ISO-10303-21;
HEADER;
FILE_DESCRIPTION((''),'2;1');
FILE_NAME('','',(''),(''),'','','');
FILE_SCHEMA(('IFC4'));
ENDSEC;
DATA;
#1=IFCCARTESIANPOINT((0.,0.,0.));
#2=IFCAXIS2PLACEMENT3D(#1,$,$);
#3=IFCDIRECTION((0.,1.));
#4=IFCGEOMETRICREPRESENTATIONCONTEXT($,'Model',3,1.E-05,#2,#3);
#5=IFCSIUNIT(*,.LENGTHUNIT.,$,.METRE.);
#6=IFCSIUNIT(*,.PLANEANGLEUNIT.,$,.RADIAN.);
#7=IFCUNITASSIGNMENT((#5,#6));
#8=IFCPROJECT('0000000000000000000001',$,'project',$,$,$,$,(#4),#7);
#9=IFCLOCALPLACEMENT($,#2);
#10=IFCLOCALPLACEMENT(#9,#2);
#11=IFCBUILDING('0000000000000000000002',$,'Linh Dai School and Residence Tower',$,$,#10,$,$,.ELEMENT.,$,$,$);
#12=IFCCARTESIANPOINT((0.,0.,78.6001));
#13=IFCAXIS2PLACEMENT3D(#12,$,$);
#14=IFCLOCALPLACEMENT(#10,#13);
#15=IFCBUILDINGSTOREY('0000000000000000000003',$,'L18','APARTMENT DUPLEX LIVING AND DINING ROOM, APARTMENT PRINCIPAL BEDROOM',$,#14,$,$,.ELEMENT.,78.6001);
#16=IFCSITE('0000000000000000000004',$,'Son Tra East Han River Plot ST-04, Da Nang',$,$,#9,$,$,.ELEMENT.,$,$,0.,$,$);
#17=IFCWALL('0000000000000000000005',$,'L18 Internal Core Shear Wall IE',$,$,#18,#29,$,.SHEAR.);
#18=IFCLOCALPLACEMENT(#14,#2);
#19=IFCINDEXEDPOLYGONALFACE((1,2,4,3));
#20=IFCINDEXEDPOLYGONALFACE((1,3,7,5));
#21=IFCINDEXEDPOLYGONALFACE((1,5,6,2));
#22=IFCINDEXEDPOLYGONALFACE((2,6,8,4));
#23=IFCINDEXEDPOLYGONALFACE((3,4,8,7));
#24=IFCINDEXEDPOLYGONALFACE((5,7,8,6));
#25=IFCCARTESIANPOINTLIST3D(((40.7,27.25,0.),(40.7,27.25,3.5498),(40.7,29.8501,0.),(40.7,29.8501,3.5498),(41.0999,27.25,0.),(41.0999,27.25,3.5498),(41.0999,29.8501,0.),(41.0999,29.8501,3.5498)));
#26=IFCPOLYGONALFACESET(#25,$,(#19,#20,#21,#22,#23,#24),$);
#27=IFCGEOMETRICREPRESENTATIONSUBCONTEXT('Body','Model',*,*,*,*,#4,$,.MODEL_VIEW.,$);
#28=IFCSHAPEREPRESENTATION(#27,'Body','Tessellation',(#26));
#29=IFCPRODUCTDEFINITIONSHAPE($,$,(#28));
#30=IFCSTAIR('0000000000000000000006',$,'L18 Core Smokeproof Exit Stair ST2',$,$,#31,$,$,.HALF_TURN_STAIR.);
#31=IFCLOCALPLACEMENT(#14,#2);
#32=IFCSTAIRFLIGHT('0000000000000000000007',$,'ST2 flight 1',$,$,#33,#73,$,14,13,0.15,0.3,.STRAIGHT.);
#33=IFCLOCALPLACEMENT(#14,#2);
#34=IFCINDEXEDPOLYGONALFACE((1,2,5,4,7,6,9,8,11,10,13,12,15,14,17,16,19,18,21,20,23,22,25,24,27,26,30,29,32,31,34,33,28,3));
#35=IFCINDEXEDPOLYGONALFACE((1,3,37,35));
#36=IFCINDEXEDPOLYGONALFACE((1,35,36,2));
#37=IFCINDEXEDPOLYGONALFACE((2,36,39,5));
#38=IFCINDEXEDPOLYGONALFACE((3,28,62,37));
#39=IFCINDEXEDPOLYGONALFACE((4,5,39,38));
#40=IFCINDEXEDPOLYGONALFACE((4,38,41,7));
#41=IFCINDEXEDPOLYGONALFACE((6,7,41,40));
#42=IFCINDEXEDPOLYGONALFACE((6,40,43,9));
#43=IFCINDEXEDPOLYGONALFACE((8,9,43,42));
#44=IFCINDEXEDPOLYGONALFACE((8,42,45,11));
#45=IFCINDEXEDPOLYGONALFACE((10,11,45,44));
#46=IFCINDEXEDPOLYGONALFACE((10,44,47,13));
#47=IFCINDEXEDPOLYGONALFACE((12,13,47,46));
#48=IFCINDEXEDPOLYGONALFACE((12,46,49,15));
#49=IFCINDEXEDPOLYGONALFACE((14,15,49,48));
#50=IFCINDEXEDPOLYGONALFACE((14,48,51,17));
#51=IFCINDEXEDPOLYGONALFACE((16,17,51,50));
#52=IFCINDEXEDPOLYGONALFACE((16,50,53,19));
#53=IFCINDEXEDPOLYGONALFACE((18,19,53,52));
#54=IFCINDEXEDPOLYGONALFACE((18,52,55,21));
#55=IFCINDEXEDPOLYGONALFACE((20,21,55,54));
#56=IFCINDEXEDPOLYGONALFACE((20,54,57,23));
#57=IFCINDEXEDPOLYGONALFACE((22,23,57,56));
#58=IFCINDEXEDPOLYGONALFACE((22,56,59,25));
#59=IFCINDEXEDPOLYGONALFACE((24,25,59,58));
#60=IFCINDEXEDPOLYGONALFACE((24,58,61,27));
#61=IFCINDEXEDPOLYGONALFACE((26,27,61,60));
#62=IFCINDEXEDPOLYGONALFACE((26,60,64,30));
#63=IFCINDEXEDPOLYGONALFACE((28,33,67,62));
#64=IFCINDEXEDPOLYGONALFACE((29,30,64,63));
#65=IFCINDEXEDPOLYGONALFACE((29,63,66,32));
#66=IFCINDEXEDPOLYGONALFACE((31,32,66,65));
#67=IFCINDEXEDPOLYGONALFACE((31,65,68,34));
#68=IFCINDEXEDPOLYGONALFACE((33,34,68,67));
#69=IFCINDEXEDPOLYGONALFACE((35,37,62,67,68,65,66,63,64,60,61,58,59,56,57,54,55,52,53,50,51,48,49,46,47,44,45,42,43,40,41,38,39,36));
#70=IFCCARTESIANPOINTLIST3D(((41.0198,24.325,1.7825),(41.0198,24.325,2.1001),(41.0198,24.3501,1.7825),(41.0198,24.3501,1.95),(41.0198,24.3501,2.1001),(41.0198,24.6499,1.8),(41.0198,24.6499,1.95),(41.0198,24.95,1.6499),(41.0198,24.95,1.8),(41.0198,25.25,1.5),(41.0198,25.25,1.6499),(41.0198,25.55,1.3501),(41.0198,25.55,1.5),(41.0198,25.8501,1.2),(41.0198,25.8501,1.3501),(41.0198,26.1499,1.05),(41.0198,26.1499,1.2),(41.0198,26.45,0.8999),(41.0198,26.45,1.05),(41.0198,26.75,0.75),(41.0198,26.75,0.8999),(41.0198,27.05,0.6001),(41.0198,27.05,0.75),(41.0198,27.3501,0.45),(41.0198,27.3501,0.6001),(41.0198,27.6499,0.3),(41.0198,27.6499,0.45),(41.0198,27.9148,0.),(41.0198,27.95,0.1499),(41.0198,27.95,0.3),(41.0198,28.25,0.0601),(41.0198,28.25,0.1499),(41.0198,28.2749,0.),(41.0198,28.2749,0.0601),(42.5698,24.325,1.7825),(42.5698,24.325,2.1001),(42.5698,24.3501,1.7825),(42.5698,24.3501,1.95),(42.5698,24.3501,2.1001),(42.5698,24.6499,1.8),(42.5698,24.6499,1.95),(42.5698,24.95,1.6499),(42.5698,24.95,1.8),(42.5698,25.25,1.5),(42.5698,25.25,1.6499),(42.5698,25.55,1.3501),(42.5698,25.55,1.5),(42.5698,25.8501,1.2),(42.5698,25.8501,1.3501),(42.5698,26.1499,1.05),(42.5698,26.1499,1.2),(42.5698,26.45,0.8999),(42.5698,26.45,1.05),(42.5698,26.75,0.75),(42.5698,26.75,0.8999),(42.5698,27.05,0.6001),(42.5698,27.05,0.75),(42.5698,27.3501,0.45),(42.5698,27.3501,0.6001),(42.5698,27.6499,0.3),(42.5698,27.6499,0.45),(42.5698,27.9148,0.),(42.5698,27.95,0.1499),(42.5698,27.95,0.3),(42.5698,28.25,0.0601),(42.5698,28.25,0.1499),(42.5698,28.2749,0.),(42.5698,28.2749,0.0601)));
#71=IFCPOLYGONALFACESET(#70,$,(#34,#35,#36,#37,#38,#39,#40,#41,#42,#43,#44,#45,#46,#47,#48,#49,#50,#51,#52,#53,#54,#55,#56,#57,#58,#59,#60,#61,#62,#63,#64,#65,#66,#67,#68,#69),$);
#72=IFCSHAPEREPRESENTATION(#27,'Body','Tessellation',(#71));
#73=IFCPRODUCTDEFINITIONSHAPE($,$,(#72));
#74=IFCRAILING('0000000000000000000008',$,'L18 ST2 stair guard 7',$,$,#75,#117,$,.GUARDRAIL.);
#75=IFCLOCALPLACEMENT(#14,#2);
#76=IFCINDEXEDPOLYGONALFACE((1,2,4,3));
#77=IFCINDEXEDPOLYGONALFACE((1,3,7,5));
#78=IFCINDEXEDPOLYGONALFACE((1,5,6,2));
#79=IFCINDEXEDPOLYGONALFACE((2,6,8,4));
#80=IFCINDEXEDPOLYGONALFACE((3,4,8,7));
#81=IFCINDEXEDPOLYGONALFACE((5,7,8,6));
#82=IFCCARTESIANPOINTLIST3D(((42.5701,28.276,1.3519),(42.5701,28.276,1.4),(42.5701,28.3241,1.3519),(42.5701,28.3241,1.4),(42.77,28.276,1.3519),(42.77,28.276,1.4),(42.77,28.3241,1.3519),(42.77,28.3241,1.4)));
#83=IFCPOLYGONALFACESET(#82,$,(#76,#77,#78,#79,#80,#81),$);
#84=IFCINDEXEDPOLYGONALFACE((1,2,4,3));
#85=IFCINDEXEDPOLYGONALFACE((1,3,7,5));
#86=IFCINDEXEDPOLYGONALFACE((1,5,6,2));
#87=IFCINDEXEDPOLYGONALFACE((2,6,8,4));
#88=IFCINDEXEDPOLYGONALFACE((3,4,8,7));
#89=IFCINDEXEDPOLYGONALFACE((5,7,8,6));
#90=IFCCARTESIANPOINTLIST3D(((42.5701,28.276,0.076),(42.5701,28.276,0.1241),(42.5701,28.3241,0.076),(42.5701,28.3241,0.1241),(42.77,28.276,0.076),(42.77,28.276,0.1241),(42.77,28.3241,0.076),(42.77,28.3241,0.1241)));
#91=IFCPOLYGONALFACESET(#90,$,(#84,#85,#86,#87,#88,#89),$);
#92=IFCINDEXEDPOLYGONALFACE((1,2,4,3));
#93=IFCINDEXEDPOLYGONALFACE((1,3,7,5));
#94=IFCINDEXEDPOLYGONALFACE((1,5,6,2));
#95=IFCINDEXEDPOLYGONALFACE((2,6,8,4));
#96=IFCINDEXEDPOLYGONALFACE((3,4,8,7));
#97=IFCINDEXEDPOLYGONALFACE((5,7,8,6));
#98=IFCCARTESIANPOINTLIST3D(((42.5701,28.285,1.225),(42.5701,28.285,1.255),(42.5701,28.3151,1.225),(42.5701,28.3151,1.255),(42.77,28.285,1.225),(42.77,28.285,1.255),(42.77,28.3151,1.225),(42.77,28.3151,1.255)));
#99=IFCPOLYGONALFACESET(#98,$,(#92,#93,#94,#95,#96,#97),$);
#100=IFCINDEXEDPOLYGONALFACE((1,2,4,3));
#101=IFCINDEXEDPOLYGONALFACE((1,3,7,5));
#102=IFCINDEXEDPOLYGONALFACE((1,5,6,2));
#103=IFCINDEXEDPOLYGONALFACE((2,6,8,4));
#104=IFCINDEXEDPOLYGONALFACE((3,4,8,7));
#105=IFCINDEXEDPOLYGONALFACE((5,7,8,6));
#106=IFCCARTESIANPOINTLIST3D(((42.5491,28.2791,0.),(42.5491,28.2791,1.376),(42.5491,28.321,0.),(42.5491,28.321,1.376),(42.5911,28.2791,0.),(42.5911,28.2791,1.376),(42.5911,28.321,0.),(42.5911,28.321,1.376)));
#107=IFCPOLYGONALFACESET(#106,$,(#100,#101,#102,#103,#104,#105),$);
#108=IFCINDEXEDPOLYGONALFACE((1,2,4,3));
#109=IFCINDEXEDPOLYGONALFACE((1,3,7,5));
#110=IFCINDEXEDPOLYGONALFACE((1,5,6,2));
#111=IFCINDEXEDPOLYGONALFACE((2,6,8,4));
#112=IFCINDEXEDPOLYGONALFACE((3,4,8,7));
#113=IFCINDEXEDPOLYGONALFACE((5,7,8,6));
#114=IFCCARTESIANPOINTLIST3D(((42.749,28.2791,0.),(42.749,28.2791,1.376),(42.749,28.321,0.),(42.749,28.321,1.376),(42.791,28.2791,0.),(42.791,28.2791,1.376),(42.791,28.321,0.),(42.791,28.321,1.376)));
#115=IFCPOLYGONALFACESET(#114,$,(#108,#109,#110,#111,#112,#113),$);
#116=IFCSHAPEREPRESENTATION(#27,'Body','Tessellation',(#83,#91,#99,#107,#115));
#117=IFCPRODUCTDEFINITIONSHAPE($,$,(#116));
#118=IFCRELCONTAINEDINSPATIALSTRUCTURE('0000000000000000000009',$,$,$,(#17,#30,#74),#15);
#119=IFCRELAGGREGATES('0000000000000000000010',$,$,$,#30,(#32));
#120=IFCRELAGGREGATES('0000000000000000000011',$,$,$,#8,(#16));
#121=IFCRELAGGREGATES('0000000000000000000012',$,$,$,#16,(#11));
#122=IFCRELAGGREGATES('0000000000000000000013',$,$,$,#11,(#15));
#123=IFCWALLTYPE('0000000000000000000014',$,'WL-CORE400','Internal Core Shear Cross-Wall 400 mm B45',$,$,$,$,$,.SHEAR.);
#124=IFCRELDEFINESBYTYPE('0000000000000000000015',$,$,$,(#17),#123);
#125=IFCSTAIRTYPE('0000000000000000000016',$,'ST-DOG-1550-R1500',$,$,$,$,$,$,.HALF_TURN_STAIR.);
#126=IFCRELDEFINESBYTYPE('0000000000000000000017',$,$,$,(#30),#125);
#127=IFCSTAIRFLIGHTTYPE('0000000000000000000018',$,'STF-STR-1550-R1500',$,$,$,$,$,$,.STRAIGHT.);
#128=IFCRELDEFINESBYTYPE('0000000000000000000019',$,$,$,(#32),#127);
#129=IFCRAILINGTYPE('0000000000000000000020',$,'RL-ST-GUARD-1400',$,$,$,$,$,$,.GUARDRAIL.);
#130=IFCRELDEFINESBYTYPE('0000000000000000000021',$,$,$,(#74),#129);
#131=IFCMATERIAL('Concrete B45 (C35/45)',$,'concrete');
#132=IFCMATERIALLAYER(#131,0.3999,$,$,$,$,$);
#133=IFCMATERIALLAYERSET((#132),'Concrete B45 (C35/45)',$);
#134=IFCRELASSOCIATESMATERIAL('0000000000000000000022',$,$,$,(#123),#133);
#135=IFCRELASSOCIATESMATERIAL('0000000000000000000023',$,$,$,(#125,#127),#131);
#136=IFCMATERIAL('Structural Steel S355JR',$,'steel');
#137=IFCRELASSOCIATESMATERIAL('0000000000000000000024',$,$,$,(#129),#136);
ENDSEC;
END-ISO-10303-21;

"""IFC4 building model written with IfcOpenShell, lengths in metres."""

from ifc_helpers import new_model, si_unit, direction, frame, frame_2d, origin, origin_2d, place, context, subcontext, project, spatial, polyline, rectangle, outline, extrude, source, transform, mapped, material, layer, layer_set, type_object, element, aggregate, save


model = new_model("IFC4")

# Units and contexts
model_context = context("Model", 3, precision=1e-05, world=origin(), true_north=direction((0.0, 1.0)))
body_context = subcontext(model_context, "Body", "Model", "MODEL_VIEW")
ifc_project = project(units=[si_unit("LENGTHUNIT", "METRE"), si_unit("PLANEANGLEUNIT", "RADIAN")], contexts=[model_context])

# Site, building, storey
site_placement = place(None, origin())
site = spatial("IfcSite", under=ifc_project, at=site_placement, Name="Son Tra East Han River Plot ST-04, Da Nang", CompositionType="ELEMENT", RefElevation=0.0)
building_placement = place(site_placement, origin())
building = spatial("IfcBuilding", under=site, at=building_placement, Name="Linh Dai School and Residence Tower", CompositionType="ELEMENT")
storey_placement = place(building_placement, frame((0.0, 0.0, 78.6001)))
storey = spatial("IfcBuildingStorey", under=building, at=storey_placement, Name="L18", Description="APARTMENT DUPLEX LIVING AND DINING ROOM, APARTMENT PRINCIPAL BEDROOM", CompositionType="ELEMENT", Elevation=78.6001)

# Shared definitions
ifc_material_1 = material(Name="Structural Steel S355JR", Category="steel")

# Shared definitions
ifc_material_2 = material(Name="Concrete B45 (C35/45)", Category="concrete")

# Wall
ifc_layer_1 = layer(ifc_material_2, 0.3999)
ifc_layer_set_1 = layer_set([ifc_layer_1], Name="Concrete B45 (C35/45)")
wall_type_1 = type_object("IfcWallType", Name="WL-CORE400", Description="Internal Core Shear Cross-Wall 400 mm B45", PredefinedType="SHEAR", material=ifc_layer_set_1)
wall_1_placement = place(storey_placement, frame((40.8999, 27.25, 0.0), z_axis=(0.0, 0.0, 1.0), x_axis=(0.0, 1.0, 0.0)))
element("IfcWall", 1, at=wall_1_placement, inside=storey, type_object=wall_type_1, Name="L18 Internal Core Shear Wall IE", PredefinedType="SHEAR", context=body_context, shape_type="SweptSolid", body=[
    extrude(rectangle(XDim=2.6001, YDim=0.3999, at=frame_2d((1.3, 0.0))), origin(), (0.0, 0.0, 1.0), 3.5498),
])

# Stair, stair flight
stair_type = type_object("IfcStairType", Name="ST-DOG-1550-R1500", PredefinedType="HALF_TURN_STAIR", material=ifc_material_2)
stair_placement = place(storey_placement, origin())
stair = element("IfcStair", 2, at=stair_placement, inside=storey, type_object=stair_type, Name="L18 Core Smokeproof Exit Stair ST2", PredefinedType="HALF_TURN_STAIR")
stair_flight_type = type_object("IfcStairFlightType", Name="STF-STR-1550-R1500", PredefinedType="STRAIGHT", material=ifc_material_2)
shared_shape_1 = source(origin(), body_context, "Body", "SweptSolid", [
    extrude(outline(polyline([(-0.0249, 0.0), (-0.0249, 0.0601), (0.0, 0.0601), (0.0, 0.1499), (0.3, 0.1499), (0.3, 0.3), (0.6001, 0.3), (0.6001, 0.45), (0.8999, 0.45), (0.8999, 0.6001), (1.2, 0.6001), (1.2, 0.75), (1.5, 0.75), (1.5, 0.8999), (1.8, 0.8999), (1.8, 1.05), (2.1001, 1.05), (2.1001, 1.2), (2.3999, 1.2), (2.3999, 1.3501), (2.7, 1.3501), (2.7, 1.5), (3.0, 1.5), (3.0, 1.6499), (3.3, 1.6499), (3.3, 1.8), (3.6001, 1.8), (3.6001, 1.95), (3.8999, 1.95), (3.8999, 2.1001), (3.925, 2.1001), (3.925, 1.7825), (3.8999, 1.7825), (0.3352, 0.0), (-0.0249, 0.0)])), frame((0.0, 0.7749, 0.0), z_axis=(0.0, -1.0, 0.0), x_axis=(1.0, 0.0, 0.0)), (0.0, 0.0, 1.0), 1.55),
])
stair_flight_placement = place(storey_placement, frame((41.7949, 28.25, 0.0), z_axis=(0.0, 0.0, 1.0), x_axis=(0.0, -1.0, 0.0)))
stair_flight = element("IfcStairFlight", 3, at=stair_flight_placement, type_object=stair_flight_type, Name="ST2 flight 1", NumberOfRisers=14, NumberOfTreads=13, PredefinedType="STRAIGHT", RiserHeight=0.15, TreadLength=0.3, context=body_context, shape_type="MappedRepresentation", body=[
    mapped(shared_shape_1, transform((0.0, 0.0, 0.0), x_axis=(1.0, 0.0, 0.0), y_axis=(0.0, 1.0, 0.0), z_axis=(0.0, 0.0, 1.0), scale=1.0)),
])
aggregate(stair, [stair_flight])

# Railing
railing_type_1 = type_object("IfcRailingType", Name="RL-ST-GUARD-1400", PredefinedType="GUARDRAIL", material=ifc_material_1)
shared_shape_2 = source(origin(), body_context, "Body", "SweptSolid", [
    extrude(rectangle(XDim=0.0481, YDim=0.0481, at=origin_2d()), frame((0.0, 0.0, 1.376), z_axis=(1.0, 0.0, 0.0), x_axis=(0.0, 1.0, 0.0)), (0.0, 0.0, 1.0), 0.2),
    extrude(rectangle(XDim=0.0481, YDim=0.0481, at=origin_2d()), frame((0.0, 0.0, 0.1001), z_axis=(1.0, 0.0, 0.0), x_axis=(0.0, 1.0, 0.0)), (0.0, 0.0, 1.0), 0.2),
    extrude(rectangle(XDim=0.03, YDim=0.03, at=origin_2d()), frame((0.0, 0.0, 1.24), z_axis=(1.0, 0.0, 0.0), x_axis=(0.0, 1.0, 0.0)), (0.0, 0.0, 1.0), 0.2),
    extrude(rectangle(XDim=0.042, YDim=0.042, at=origin_2d()), origin(), (0.0, 0.0, 1.0), 1.376),
    extrude(rectangle(XDim=0.042, YDim=0.042, at=origin_2d()), frame((0.2, 0.0, 0.0)), (0.0, 0.0, 1.0), 1.376),
])
railing_1_placement = place(storey_placement, frame((42.5701, 28.3, 0.0)))
element("IfcRailing", 4, at=railing_1_placement, inside=storey, type_object=railing_type_1, Name="L18 ST2 stair guard 7", PredefinedType="GUARDRAIL", context=body_context, shape_type="MappedRepresentation", body=[
    mapped(shared_shape_2, transform((0.0, 0.0, 0.0), x_axis=(1.0, 0.0, 0.0), y_axis=(0.0, 1.0, 0.0), z_axis=(0.0, 0.0, 1.0), scale=1.0)),
])

save(model, "model.ifc")
